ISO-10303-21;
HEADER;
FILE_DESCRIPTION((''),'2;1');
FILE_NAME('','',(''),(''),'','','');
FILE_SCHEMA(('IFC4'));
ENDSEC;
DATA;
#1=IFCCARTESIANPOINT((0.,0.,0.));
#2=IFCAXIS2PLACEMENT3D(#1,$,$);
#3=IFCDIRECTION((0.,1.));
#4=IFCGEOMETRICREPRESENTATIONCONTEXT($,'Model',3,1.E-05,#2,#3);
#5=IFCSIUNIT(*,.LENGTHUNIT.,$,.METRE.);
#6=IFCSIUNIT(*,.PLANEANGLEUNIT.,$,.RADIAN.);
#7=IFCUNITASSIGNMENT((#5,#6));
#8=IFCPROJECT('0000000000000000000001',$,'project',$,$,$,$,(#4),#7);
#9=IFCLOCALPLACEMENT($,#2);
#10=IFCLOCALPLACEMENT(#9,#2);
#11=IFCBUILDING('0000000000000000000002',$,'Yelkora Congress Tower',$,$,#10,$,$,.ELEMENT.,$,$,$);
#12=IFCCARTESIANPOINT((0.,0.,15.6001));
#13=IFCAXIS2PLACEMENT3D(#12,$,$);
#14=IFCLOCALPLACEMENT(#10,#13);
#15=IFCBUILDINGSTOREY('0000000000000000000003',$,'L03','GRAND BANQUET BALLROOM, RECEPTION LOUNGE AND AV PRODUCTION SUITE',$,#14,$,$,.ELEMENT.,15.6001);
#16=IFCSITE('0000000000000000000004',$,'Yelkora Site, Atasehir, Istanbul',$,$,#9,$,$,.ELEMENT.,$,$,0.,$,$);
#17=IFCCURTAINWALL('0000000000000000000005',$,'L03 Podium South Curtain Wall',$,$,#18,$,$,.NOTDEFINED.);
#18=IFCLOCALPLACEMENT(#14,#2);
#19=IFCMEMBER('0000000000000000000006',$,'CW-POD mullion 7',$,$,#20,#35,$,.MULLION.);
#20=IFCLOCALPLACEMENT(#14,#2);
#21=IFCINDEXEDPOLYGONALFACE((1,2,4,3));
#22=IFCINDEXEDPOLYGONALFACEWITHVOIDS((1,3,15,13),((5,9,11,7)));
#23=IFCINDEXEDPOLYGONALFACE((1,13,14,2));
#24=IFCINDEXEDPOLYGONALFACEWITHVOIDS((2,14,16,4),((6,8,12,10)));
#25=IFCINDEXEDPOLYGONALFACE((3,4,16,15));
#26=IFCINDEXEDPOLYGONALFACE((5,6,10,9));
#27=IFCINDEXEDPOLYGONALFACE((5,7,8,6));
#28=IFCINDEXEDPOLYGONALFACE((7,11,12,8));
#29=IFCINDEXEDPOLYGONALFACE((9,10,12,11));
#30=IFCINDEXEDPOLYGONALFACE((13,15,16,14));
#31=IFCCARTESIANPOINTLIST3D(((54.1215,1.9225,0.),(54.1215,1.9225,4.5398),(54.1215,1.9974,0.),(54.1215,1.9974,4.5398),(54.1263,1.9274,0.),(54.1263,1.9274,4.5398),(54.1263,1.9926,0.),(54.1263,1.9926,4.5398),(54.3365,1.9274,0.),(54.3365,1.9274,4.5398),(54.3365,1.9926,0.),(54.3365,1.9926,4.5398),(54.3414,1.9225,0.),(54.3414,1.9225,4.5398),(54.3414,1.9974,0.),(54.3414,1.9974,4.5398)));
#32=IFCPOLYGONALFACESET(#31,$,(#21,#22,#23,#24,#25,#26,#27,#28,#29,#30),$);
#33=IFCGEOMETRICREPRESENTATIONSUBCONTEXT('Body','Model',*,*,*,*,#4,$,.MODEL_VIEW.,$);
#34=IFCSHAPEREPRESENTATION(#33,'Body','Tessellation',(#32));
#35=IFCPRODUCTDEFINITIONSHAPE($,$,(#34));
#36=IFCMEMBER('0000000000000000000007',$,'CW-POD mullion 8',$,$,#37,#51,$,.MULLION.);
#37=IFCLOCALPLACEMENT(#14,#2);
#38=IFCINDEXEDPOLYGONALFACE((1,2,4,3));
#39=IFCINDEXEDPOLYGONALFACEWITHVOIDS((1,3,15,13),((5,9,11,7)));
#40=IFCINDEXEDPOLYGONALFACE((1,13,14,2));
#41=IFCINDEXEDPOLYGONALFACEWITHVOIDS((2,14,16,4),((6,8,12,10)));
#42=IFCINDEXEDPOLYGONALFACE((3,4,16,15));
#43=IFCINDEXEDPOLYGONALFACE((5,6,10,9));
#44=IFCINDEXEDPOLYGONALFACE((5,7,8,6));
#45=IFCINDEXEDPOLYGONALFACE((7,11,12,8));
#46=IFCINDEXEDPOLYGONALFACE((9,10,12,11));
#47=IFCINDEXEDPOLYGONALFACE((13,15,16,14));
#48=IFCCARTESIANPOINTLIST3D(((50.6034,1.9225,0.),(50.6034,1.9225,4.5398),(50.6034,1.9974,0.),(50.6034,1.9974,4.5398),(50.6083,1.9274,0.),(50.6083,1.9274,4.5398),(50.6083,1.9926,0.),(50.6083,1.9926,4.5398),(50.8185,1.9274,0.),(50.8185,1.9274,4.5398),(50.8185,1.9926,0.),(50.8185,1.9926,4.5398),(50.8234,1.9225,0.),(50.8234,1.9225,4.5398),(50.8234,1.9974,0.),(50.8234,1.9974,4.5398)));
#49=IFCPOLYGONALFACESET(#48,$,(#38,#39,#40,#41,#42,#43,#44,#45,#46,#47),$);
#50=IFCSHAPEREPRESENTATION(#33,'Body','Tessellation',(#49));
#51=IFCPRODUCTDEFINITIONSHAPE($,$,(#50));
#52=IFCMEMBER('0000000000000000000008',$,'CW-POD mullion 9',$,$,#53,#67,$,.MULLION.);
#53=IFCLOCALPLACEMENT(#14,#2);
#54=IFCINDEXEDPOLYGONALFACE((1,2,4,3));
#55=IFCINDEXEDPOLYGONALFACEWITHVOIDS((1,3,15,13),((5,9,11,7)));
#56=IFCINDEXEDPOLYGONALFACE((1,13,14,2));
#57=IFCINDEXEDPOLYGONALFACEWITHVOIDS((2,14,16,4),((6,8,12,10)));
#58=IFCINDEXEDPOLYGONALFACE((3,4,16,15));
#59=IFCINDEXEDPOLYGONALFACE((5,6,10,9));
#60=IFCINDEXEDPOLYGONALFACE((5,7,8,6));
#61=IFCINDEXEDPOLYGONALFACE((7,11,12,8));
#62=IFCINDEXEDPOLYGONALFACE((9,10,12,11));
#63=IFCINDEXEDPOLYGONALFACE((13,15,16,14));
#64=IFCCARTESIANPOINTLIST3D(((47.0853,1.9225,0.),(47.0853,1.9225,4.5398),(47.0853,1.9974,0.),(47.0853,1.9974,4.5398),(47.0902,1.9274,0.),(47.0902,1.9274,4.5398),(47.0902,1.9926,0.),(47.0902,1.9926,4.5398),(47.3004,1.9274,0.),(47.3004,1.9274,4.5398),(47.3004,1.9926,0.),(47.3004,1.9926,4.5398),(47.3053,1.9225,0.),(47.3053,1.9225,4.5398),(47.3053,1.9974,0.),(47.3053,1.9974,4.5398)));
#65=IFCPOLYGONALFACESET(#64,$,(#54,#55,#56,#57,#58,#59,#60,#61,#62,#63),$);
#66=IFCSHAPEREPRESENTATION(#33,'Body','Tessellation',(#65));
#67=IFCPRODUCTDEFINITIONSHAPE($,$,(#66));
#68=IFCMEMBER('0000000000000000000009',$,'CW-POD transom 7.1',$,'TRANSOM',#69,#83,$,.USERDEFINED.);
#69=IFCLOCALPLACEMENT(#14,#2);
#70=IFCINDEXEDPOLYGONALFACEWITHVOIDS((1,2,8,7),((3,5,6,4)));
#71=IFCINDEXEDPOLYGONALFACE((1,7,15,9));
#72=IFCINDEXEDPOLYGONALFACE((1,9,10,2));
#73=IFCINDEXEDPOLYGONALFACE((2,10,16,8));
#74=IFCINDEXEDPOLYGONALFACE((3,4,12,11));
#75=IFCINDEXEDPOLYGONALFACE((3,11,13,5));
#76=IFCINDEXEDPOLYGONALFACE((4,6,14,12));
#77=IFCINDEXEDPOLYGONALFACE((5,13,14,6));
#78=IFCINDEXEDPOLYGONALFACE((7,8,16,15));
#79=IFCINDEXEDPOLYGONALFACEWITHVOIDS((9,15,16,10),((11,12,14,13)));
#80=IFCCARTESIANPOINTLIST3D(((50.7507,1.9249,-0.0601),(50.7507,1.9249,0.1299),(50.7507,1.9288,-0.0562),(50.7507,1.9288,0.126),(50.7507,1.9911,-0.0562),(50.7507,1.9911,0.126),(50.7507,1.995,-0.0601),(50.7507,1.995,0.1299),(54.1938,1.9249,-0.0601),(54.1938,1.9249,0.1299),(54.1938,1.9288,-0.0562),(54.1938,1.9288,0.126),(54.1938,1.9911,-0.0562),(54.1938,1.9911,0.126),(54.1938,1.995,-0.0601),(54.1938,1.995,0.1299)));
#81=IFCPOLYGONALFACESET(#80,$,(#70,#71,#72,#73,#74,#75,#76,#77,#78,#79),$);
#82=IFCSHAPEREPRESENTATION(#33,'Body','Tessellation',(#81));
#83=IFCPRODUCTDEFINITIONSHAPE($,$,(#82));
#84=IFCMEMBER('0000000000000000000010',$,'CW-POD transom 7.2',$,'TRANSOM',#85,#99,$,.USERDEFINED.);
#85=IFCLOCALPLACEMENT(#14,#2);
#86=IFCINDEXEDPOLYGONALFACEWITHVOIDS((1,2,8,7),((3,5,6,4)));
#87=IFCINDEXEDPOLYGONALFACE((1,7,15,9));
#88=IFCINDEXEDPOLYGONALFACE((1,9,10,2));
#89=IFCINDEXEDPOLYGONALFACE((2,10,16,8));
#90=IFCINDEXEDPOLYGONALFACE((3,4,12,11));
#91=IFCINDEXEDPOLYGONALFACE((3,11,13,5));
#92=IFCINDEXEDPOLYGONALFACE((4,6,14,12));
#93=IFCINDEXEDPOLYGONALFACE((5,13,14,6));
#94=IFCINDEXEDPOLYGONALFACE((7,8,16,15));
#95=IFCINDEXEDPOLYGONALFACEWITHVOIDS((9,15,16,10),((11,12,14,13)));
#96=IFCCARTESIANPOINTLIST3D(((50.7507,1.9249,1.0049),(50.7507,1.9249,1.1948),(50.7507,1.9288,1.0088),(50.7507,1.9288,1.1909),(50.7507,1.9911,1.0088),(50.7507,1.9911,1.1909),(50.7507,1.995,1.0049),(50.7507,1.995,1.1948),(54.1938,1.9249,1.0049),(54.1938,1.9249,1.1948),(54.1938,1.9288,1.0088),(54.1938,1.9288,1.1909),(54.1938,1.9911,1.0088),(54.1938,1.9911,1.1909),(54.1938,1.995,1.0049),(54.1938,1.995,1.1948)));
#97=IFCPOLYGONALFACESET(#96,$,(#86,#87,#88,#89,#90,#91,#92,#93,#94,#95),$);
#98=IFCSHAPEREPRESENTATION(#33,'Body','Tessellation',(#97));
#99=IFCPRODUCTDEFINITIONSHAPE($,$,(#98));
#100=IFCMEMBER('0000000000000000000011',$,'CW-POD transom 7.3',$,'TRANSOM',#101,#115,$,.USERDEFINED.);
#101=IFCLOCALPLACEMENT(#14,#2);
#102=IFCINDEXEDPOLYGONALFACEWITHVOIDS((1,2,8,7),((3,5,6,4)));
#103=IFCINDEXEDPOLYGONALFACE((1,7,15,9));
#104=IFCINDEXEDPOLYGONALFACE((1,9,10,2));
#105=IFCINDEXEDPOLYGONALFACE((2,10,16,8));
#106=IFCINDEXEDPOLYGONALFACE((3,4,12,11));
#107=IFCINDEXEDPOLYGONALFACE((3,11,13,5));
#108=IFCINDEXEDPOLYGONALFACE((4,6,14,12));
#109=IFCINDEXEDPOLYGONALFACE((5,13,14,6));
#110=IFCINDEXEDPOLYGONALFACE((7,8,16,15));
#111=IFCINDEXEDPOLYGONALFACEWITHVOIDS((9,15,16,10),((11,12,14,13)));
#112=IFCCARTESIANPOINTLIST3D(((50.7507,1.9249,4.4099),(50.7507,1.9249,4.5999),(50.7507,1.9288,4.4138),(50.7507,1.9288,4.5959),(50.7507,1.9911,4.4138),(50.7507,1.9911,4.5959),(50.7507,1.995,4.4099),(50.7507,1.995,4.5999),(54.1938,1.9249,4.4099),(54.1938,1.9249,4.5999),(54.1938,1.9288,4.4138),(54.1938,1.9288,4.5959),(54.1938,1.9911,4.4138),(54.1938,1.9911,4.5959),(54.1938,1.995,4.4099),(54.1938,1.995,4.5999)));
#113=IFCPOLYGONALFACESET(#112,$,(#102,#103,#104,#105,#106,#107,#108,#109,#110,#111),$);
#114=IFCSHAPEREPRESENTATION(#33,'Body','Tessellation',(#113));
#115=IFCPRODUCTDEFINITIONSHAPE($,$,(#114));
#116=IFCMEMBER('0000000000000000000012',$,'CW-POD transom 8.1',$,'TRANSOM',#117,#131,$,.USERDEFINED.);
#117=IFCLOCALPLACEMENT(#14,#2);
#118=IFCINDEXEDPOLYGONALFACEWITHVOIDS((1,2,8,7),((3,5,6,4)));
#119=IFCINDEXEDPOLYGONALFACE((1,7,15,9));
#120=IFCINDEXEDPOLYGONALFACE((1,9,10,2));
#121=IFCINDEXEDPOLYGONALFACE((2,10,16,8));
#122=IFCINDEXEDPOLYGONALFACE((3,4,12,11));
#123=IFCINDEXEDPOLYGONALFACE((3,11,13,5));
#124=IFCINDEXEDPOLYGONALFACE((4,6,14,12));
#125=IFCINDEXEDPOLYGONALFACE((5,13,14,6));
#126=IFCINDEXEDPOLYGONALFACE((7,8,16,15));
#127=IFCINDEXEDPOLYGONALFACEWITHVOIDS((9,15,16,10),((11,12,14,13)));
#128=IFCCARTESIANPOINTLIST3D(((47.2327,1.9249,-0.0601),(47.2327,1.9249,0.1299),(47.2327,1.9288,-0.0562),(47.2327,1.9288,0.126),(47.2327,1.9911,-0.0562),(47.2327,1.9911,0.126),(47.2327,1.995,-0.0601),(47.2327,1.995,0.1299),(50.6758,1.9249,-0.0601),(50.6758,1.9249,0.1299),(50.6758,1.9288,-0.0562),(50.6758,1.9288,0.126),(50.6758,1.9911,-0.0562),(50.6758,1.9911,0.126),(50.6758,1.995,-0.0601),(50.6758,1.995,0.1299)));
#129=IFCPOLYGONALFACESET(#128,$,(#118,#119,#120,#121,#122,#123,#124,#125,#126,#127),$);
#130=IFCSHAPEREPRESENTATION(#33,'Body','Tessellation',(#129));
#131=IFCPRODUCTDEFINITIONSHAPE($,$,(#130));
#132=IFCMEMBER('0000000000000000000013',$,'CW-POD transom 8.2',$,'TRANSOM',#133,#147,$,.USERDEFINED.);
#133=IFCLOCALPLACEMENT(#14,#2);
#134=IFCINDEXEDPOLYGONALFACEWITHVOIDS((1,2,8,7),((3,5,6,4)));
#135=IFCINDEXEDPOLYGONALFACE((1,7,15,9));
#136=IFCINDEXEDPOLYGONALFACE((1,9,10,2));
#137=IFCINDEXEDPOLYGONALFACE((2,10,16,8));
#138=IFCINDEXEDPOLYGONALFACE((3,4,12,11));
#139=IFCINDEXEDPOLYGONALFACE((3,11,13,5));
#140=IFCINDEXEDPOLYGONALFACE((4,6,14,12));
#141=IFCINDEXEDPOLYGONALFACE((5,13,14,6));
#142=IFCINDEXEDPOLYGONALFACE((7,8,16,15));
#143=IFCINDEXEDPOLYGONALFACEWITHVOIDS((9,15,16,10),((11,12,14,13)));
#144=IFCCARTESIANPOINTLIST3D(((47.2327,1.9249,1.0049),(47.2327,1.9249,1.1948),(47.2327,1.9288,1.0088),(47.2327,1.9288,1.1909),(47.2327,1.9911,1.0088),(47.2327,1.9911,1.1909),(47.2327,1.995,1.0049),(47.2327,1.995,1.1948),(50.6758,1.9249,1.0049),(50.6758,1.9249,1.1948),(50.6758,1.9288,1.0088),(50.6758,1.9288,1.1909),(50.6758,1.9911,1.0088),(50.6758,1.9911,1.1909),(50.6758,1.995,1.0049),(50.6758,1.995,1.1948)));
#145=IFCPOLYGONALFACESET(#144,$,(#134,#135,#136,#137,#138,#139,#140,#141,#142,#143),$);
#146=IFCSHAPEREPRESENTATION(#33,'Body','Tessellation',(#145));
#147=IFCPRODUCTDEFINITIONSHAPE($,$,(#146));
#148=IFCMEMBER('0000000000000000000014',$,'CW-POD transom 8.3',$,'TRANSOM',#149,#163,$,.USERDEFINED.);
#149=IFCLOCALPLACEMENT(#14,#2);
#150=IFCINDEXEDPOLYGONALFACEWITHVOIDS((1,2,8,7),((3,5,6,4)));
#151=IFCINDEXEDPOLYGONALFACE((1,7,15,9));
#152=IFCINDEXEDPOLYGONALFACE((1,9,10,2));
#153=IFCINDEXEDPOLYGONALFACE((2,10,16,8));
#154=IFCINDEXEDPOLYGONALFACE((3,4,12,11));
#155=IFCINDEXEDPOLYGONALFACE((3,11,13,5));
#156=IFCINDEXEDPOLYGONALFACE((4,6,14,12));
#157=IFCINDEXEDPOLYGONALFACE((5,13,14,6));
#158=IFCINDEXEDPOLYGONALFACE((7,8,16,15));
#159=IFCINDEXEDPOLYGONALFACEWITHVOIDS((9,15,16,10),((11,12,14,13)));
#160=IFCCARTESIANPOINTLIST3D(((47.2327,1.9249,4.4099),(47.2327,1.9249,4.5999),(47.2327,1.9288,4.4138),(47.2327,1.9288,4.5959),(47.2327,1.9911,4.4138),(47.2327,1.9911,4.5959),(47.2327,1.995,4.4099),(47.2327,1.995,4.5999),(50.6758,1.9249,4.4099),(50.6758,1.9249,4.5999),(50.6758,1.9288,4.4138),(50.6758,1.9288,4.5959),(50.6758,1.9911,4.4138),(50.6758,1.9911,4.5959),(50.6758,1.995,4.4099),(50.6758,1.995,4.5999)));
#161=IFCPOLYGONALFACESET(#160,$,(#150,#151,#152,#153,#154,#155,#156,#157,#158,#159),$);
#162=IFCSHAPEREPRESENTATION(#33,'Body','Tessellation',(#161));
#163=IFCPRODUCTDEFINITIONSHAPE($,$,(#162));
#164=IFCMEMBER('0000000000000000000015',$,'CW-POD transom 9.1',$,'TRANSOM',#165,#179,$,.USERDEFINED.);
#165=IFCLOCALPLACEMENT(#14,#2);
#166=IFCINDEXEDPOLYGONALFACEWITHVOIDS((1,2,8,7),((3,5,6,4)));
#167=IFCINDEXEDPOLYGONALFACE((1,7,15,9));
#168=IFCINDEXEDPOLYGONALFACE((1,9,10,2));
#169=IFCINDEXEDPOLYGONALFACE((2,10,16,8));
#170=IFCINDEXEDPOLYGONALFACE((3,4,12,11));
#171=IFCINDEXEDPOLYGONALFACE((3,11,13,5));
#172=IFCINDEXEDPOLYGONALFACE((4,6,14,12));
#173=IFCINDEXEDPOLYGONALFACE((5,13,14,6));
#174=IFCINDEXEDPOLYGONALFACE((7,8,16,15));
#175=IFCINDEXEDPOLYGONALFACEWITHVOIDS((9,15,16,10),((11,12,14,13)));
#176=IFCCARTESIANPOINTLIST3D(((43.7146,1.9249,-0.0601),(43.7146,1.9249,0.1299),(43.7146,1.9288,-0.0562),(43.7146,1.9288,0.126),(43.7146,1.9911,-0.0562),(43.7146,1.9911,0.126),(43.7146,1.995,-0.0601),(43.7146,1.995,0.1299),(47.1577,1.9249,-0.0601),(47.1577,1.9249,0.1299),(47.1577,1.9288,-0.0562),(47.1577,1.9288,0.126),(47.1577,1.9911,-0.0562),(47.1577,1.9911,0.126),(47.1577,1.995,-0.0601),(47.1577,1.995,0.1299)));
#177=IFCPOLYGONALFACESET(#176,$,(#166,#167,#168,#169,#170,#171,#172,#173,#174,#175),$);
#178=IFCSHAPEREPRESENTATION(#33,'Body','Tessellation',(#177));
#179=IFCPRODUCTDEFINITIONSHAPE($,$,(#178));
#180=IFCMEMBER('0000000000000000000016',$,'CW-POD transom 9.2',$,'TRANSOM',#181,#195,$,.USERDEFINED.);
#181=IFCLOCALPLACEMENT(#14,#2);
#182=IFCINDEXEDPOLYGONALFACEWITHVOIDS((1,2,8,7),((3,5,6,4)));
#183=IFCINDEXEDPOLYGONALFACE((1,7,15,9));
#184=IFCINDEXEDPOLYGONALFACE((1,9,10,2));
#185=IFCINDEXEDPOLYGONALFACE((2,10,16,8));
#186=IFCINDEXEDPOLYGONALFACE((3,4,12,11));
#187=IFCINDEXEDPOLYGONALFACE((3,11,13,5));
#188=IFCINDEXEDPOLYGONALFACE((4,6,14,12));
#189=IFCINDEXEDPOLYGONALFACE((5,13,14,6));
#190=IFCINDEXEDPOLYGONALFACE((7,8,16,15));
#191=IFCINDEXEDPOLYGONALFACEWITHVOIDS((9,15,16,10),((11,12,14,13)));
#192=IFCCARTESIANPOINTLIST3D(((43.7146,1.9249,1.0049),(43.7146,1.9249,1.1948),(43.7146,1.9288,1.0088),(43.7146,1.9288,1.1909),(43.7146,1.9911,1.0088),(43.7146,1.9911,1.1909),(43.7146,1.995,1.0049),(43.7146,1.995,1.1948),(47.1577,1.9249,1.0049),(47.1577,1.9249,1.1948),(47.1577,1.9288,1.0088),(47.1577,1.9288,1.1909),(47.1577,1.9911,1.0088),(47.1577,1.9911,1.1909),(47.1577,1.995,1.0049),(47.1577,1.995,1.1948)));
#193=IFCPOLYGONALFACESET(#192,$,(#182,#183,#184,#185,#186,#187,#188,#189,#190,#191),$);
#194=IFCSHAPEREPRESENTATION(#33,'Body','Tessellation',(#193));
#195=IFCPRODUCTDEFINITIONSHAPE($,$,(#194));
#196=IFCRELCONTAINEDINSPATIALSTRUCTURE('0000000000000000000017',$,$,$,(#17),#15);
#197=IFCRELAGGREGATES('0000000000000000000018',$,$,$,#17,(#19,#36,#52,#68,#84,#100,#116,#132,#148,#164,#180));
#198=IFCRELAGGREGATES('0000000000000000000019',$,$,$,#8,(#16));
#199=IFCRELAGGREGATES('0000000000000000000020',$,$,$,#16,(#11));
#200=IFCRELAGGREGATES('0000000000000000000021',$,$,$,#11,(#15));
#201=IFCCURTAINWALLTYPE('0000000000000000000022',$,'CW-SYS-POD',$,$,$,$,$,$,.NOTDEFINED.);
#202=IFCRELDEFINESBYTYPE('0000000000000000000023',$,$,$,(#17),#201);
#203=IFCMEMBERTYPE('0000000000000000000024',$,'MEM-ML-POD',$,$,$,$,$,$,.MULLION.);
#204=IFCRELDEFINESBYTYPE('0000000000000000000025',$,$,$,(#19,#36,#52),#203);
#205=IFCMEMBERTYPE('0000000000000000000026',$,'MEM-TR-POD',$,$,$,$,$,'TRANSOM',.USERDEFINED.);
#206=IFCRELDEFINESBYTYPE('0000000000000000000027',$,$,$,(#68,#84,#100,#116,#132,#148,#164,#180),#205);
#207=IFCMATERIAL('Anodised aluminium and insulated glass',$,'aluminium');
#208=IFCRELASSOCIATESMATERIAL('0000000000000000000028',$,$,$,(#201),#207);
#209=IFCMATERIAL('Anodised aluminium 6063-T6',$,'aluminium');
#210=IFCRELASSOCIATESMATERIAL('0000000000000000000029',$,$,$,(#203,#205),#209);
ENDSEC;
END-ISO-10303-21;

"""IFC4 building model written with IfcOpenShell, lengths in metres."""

from ifc_helpers import new_model, si_unit, direction, frame, origin, origin_2d, place, context, subcontext, project, spatial, hollow_rectangle, extrude, material, material_profile, profile_set, type_object, element, aggregate, save


model = new_model("IFC4")

# Units and contexts
model_context = context("Model", 3, precision=1e-05, world=origin(), true_north=direction((0.0, 1.0)))
body_context = subcontext(model_context, "Body", "Model", "MODEL_VIEW")
ifc_project = project(units=[si_unit("LENGTHUNIT", "METRE"), si_unit("PLANEANGLEUNIT", "RADIAN")], contexts=[model_context])

# Site, building, storey
site_placement = place(None, origin())
site = spatial("IfcSite", under=ifc_project, at=site_placement, Name="Yelkora Site, Atasehir, Istanbul", CompositionType="ELEMENT", RefElevation=0.0)
building_placement = place(site_placement, origin())
building = spatial("IfcBuilding", under=site, at=building_placement, Name="Yelkora Congress Tower", CompositionType="ELEMENT")
storey_placement = place(building_placement, frame((0.0, 0.0, 15.6001)))
storey = spatial("IfcBuildingStorey", under=building, at=storey_placement, Name="L03", Description="GRAND BANQUET BALLROOM, RECEPTION LOUNGE AND AV PRODUCTION SUITE", CompositionType="ELEMENT", Elevation=15.6001)

# Curtain wall, members
ifc_material_1 = material(Name="Anodised aluminium and insulated glass", Category="aluminium")
curtain_wall_type = type_object("IfcCurtainWallType", Name="CW-SYS-POD", PredefinedType="NOTDEFINED", material=ifc_material_1)
curtain_wall_placement = place(storey_placement, origin())
curtain_wall = element("IfcCurtainWall", 1, at=curtain_wall_placement, inside=storey, type_object=curtain_wall_type, Name="L03 Podium South Curtain Wall", PredefinedType="NOTDEFINED")
ifc_material_2 = material(Name="Anodised aluminium 6063-T6", Category="aluminium")
ifc_material_profile_1 = material_profile(ifc_material_2, hollow_rectangle(XDim=0.075, YDim=0.22, WallThickness=0.0049, at=origin_2d()), Name="ALU 75x220x5")
ifc_profile_set_1 = profile_set([ifc_material_profile_1], Name="Anodised aluminium 6063-T6")
member_type_1 = type_object("IfcMemberType", Name="MEM-ML-POD", PredefinedType="MULLION", material=ifc_profile_set_1)
member_1_placement = place(storey_placement, frame((54.2314, 1.96, 0.0), z_axis=(0.0, 0.0, 1.0), x_axis=(0.0, -1.0, 0.0)))
member_1 = element("IfcMember", 2, at=member_1_placement, type_object=member_type_1, Name="CW-POD mullion 7", PredefinedType="MULLION", context=body_context, shape_type="SweptSolid", body=[
    extrude(hollow_rectangle(XDim=0.075, YDim=0.22, WallThickness=0.0049, at=origin_2d()), origin(), (0.0, 0.0, 1.0), 4.5398),
])
member_2_placement = place(storey_placement, frame((50.7134, 1.96, 0.0), z_axis=(0.0, 0.0, 1.0), x_axis=(0.0, -1.0, 0.0)))
member_2 = element("IfcMember", 3, at=member_2_placement, type_object=member_type_1, Name="CW-POD mullion 8", PredefinedType="MULLION", context=body_context, shape_type="SweptSolid", body=[
    extrude(hollow_rectangle(XDim=0.075, YDim=0.22, WallThickness=0.0049, at=origin_2d()), origin(), (0.0, 0.0, 1.0), 4.5398),
])
member_3_placement = place(storey_placement, frame((47.1953, 1.96, 0.0), z_axis=(0.0, 0.0, 1.0), x_axis=(0.0, -1.0, 0.0)))
member_3 = element("IfcMember", 4, at=member_3_placement, type_object=member_type_1, Name="CW-POD mullion 9", PredefinedType="MULLION", context=body_context, shape_type="SweptSolid", body=[
    extrude(hollow_rectangle(XDim=0.075, YDim=0.22, WallThickness=0.0049, at=origin_2d()), origin(), (0.0, 0.0, 1.0), 4.5398),
])
ifc_material_profile_2 = material_profile(ifc_material_2, hollow_rectangle(XDim=0.0701, YDim=0.1899, WallThickness=0.0039, at=origin_2d()), Name="ALU 70x190x4")
ifc_profile_set_2 = profile_set([ifc_material_profile_2], Name="Anodised aluminium 6063-T6")
member_type_2 = type_object("IfcMemberType", Name="MEM-TR-POD", ElementType="TRANSOM", PredefinedType="USERDEFINED", material=ifc_profile_set_2)
member_4_placement = place(storey_placement, frame((54.1938, 1.96, 0.0349), z_axis=(-1.0, 0.0, 0.0), x_axis=(0.0, -1.0, 0.0)))
member_4 = element("IfcMember", 5, at=member_4_placement, type_object=member_type_2, Name="CW-POD transom 7.1", ObjectType="TRANSOM", PredefinedType="USERDEFINED", context=body_context, shape_type="SweptSolid", body=[
    extrude(hollow_rectangle(XDim=0.0701, YDim=0.1899, WallThickness=0.0039, at=origin_2d()), origin(), (0.0, 0.0, 1.0), 3.4431),
])
member_5_placement = place(storey_placement, frame((54.1938, 1.96, 1.0999), z_axis=(-1.0, 0.0, 0.0), x_axis=(0.0, -1.0, 0.0)))
member_5 = element("IfcMember", 6, at=member_5_placement, type_object=member_type_2, Name="CW-POD transom 7.2", ObjectType="TRANSOM", PredefinedType="USERDEFINED", context=body_context, shape_type="SweptSolid", body=[
    extrude(hollow_rectangle(XDim=0.0701, YDim=0.1899, WallThickness=0.0039, at=origin_2d()), origin(), (0.0, 0.0, 1.0), 3.4431),
])
member_6_placement = place(storey_placement, frame((54.1938, 1.96, 4.5049), z_axis=(-1.0, 0.0, 0.0), x_axis=(0.0, -1.0, 0.0)))
member_6 = element("IfcMember", 7, at=member_6_placement, type_object=member_type_2, Name="CW-POD transom 7.3", ObjectType="TRANSOM", PredefinedType="USERDEFINED", context=body_context, shape_type="SweptSolid", body=[
    extrude(hollow_rectangle(XDim=0.0701, YDim=0.1899, WallThickness=0.0039, at=origin_2d()), origin(), (0.0, 0.0, 1.0), 3.4431),
])
member_7_placement = place(storey_placement, frame((50.6758, 1.96, 0.0349), z_axis=(-1.0, 0.0, 0.0), x_axis=(0.0, -1.0, 0.0)))
member_7 = element("IfcMember", 8, at=member_7_placement, type_object=member_type_2, Name="CW-POD transom 8.1", ObjectType="TRANSOM", PredefinedType="USERDEFINED", context=body_context, shape_type="SweptSolid", body=[
    extrude(hollow_rectangle(XDim=0.0701, YDim=0.1899, WallThickness=0.0039, at=origin_2d()), origin(), (0.0, 0.0, 1.0), 3.4431),
])
member_8_placement = place(storey_placement, frame((50.6758, 1.96, 1.0999), z_axis=(-1.0, 0.0, 0.0), x_axis=(0.0, -1.0, 0.0)))
member_8 = element("IfcMember", 9, at=member_8_placement, type_object=member_type_2, Name="CW-POD transom 8.2", ObjectType="TRANSOM", PredefinedType="USERDEFINED", context=body_context, shape_type="SweptSolid", body=[
    extrude(hollow_rectangle(XDim=0.0701, YDim=0.1899, WallThickness=0.0039, at=origin_2d()), origin(), (0.0, 0.0, 1.0), 3.4431),
])
member_9_placement = place(storey_placement, frame((50.6758, 1.96, 4.5049), z_axis=(-1.0, 0.0, 0.0), x_axis=(0.0, -1.0, 0.0)))
member_9 = element("IfcMember", 10, at=member_9_placement, type_object=member_type_2, Name="CW-POD transom 8.3", ObjectType="TRANSOM", PredefinedType="USERDEFINED", context=body_context, shape_type="SweptSolid", body=[
    extrude(hollow_rectangle(XDim=0.0701, YDim=0.1899, WallThickness=0.0039, at=origin_2d()), origin(), (0.0, 0.0, 1.0), 3.4431),
])
member_10_placement = place(storey_placement, frame((47.1577, 1.96, 0.0349), z_axis=(-1.0, 0.0, 0.0), x_axis=(0.0, -1.0, 0.0)))
member_10 = element("IfcMember", 11, at=member_10_placement, type_object=member_type_2, Name="CW-POD transom 9.1", ObjectType="TRANSOM", PredefinedType="USERDEFINED", context=body_context, shape_type="SweptSolid", body=[
    extrude(hollow_rectangle(XDim=0.0701, YDim=0.1899, WallThickness=0.0039, at=origin_2d()), origin(), (0.0, 0.0, 1.0), 3.4431),
])
member_11_placement = place(storey_placement, frame((47.1577, 1.96, 1.0999), z_axis=(-1.0, 0.0, 0.0), x_axis=(0.0, -1.0, 0.0)))
member_11 = element("IfcMember", 12, at=member_11_placement, type_object=member_type_2, Name="CW-POD transom 9.2", ObjectType="TRANSOM", PredefinedType="USERDEFINED", context=body_context, shape_type="SweptSolid", body=[
    extrude(hollow_rectangle(XDim=0.0701, YDim=0.1899, WallThickness=0.0039, at=origin_2d()), origin(), (0.0, 0.0, 1.0), 3.4431),
])
aggregate(curtain_wall, [member_1, member_2, member_3, member_4, member_5, member_6, member_7, member_8, member_9, member_10, member_11])

save(model, "model.ifc")
